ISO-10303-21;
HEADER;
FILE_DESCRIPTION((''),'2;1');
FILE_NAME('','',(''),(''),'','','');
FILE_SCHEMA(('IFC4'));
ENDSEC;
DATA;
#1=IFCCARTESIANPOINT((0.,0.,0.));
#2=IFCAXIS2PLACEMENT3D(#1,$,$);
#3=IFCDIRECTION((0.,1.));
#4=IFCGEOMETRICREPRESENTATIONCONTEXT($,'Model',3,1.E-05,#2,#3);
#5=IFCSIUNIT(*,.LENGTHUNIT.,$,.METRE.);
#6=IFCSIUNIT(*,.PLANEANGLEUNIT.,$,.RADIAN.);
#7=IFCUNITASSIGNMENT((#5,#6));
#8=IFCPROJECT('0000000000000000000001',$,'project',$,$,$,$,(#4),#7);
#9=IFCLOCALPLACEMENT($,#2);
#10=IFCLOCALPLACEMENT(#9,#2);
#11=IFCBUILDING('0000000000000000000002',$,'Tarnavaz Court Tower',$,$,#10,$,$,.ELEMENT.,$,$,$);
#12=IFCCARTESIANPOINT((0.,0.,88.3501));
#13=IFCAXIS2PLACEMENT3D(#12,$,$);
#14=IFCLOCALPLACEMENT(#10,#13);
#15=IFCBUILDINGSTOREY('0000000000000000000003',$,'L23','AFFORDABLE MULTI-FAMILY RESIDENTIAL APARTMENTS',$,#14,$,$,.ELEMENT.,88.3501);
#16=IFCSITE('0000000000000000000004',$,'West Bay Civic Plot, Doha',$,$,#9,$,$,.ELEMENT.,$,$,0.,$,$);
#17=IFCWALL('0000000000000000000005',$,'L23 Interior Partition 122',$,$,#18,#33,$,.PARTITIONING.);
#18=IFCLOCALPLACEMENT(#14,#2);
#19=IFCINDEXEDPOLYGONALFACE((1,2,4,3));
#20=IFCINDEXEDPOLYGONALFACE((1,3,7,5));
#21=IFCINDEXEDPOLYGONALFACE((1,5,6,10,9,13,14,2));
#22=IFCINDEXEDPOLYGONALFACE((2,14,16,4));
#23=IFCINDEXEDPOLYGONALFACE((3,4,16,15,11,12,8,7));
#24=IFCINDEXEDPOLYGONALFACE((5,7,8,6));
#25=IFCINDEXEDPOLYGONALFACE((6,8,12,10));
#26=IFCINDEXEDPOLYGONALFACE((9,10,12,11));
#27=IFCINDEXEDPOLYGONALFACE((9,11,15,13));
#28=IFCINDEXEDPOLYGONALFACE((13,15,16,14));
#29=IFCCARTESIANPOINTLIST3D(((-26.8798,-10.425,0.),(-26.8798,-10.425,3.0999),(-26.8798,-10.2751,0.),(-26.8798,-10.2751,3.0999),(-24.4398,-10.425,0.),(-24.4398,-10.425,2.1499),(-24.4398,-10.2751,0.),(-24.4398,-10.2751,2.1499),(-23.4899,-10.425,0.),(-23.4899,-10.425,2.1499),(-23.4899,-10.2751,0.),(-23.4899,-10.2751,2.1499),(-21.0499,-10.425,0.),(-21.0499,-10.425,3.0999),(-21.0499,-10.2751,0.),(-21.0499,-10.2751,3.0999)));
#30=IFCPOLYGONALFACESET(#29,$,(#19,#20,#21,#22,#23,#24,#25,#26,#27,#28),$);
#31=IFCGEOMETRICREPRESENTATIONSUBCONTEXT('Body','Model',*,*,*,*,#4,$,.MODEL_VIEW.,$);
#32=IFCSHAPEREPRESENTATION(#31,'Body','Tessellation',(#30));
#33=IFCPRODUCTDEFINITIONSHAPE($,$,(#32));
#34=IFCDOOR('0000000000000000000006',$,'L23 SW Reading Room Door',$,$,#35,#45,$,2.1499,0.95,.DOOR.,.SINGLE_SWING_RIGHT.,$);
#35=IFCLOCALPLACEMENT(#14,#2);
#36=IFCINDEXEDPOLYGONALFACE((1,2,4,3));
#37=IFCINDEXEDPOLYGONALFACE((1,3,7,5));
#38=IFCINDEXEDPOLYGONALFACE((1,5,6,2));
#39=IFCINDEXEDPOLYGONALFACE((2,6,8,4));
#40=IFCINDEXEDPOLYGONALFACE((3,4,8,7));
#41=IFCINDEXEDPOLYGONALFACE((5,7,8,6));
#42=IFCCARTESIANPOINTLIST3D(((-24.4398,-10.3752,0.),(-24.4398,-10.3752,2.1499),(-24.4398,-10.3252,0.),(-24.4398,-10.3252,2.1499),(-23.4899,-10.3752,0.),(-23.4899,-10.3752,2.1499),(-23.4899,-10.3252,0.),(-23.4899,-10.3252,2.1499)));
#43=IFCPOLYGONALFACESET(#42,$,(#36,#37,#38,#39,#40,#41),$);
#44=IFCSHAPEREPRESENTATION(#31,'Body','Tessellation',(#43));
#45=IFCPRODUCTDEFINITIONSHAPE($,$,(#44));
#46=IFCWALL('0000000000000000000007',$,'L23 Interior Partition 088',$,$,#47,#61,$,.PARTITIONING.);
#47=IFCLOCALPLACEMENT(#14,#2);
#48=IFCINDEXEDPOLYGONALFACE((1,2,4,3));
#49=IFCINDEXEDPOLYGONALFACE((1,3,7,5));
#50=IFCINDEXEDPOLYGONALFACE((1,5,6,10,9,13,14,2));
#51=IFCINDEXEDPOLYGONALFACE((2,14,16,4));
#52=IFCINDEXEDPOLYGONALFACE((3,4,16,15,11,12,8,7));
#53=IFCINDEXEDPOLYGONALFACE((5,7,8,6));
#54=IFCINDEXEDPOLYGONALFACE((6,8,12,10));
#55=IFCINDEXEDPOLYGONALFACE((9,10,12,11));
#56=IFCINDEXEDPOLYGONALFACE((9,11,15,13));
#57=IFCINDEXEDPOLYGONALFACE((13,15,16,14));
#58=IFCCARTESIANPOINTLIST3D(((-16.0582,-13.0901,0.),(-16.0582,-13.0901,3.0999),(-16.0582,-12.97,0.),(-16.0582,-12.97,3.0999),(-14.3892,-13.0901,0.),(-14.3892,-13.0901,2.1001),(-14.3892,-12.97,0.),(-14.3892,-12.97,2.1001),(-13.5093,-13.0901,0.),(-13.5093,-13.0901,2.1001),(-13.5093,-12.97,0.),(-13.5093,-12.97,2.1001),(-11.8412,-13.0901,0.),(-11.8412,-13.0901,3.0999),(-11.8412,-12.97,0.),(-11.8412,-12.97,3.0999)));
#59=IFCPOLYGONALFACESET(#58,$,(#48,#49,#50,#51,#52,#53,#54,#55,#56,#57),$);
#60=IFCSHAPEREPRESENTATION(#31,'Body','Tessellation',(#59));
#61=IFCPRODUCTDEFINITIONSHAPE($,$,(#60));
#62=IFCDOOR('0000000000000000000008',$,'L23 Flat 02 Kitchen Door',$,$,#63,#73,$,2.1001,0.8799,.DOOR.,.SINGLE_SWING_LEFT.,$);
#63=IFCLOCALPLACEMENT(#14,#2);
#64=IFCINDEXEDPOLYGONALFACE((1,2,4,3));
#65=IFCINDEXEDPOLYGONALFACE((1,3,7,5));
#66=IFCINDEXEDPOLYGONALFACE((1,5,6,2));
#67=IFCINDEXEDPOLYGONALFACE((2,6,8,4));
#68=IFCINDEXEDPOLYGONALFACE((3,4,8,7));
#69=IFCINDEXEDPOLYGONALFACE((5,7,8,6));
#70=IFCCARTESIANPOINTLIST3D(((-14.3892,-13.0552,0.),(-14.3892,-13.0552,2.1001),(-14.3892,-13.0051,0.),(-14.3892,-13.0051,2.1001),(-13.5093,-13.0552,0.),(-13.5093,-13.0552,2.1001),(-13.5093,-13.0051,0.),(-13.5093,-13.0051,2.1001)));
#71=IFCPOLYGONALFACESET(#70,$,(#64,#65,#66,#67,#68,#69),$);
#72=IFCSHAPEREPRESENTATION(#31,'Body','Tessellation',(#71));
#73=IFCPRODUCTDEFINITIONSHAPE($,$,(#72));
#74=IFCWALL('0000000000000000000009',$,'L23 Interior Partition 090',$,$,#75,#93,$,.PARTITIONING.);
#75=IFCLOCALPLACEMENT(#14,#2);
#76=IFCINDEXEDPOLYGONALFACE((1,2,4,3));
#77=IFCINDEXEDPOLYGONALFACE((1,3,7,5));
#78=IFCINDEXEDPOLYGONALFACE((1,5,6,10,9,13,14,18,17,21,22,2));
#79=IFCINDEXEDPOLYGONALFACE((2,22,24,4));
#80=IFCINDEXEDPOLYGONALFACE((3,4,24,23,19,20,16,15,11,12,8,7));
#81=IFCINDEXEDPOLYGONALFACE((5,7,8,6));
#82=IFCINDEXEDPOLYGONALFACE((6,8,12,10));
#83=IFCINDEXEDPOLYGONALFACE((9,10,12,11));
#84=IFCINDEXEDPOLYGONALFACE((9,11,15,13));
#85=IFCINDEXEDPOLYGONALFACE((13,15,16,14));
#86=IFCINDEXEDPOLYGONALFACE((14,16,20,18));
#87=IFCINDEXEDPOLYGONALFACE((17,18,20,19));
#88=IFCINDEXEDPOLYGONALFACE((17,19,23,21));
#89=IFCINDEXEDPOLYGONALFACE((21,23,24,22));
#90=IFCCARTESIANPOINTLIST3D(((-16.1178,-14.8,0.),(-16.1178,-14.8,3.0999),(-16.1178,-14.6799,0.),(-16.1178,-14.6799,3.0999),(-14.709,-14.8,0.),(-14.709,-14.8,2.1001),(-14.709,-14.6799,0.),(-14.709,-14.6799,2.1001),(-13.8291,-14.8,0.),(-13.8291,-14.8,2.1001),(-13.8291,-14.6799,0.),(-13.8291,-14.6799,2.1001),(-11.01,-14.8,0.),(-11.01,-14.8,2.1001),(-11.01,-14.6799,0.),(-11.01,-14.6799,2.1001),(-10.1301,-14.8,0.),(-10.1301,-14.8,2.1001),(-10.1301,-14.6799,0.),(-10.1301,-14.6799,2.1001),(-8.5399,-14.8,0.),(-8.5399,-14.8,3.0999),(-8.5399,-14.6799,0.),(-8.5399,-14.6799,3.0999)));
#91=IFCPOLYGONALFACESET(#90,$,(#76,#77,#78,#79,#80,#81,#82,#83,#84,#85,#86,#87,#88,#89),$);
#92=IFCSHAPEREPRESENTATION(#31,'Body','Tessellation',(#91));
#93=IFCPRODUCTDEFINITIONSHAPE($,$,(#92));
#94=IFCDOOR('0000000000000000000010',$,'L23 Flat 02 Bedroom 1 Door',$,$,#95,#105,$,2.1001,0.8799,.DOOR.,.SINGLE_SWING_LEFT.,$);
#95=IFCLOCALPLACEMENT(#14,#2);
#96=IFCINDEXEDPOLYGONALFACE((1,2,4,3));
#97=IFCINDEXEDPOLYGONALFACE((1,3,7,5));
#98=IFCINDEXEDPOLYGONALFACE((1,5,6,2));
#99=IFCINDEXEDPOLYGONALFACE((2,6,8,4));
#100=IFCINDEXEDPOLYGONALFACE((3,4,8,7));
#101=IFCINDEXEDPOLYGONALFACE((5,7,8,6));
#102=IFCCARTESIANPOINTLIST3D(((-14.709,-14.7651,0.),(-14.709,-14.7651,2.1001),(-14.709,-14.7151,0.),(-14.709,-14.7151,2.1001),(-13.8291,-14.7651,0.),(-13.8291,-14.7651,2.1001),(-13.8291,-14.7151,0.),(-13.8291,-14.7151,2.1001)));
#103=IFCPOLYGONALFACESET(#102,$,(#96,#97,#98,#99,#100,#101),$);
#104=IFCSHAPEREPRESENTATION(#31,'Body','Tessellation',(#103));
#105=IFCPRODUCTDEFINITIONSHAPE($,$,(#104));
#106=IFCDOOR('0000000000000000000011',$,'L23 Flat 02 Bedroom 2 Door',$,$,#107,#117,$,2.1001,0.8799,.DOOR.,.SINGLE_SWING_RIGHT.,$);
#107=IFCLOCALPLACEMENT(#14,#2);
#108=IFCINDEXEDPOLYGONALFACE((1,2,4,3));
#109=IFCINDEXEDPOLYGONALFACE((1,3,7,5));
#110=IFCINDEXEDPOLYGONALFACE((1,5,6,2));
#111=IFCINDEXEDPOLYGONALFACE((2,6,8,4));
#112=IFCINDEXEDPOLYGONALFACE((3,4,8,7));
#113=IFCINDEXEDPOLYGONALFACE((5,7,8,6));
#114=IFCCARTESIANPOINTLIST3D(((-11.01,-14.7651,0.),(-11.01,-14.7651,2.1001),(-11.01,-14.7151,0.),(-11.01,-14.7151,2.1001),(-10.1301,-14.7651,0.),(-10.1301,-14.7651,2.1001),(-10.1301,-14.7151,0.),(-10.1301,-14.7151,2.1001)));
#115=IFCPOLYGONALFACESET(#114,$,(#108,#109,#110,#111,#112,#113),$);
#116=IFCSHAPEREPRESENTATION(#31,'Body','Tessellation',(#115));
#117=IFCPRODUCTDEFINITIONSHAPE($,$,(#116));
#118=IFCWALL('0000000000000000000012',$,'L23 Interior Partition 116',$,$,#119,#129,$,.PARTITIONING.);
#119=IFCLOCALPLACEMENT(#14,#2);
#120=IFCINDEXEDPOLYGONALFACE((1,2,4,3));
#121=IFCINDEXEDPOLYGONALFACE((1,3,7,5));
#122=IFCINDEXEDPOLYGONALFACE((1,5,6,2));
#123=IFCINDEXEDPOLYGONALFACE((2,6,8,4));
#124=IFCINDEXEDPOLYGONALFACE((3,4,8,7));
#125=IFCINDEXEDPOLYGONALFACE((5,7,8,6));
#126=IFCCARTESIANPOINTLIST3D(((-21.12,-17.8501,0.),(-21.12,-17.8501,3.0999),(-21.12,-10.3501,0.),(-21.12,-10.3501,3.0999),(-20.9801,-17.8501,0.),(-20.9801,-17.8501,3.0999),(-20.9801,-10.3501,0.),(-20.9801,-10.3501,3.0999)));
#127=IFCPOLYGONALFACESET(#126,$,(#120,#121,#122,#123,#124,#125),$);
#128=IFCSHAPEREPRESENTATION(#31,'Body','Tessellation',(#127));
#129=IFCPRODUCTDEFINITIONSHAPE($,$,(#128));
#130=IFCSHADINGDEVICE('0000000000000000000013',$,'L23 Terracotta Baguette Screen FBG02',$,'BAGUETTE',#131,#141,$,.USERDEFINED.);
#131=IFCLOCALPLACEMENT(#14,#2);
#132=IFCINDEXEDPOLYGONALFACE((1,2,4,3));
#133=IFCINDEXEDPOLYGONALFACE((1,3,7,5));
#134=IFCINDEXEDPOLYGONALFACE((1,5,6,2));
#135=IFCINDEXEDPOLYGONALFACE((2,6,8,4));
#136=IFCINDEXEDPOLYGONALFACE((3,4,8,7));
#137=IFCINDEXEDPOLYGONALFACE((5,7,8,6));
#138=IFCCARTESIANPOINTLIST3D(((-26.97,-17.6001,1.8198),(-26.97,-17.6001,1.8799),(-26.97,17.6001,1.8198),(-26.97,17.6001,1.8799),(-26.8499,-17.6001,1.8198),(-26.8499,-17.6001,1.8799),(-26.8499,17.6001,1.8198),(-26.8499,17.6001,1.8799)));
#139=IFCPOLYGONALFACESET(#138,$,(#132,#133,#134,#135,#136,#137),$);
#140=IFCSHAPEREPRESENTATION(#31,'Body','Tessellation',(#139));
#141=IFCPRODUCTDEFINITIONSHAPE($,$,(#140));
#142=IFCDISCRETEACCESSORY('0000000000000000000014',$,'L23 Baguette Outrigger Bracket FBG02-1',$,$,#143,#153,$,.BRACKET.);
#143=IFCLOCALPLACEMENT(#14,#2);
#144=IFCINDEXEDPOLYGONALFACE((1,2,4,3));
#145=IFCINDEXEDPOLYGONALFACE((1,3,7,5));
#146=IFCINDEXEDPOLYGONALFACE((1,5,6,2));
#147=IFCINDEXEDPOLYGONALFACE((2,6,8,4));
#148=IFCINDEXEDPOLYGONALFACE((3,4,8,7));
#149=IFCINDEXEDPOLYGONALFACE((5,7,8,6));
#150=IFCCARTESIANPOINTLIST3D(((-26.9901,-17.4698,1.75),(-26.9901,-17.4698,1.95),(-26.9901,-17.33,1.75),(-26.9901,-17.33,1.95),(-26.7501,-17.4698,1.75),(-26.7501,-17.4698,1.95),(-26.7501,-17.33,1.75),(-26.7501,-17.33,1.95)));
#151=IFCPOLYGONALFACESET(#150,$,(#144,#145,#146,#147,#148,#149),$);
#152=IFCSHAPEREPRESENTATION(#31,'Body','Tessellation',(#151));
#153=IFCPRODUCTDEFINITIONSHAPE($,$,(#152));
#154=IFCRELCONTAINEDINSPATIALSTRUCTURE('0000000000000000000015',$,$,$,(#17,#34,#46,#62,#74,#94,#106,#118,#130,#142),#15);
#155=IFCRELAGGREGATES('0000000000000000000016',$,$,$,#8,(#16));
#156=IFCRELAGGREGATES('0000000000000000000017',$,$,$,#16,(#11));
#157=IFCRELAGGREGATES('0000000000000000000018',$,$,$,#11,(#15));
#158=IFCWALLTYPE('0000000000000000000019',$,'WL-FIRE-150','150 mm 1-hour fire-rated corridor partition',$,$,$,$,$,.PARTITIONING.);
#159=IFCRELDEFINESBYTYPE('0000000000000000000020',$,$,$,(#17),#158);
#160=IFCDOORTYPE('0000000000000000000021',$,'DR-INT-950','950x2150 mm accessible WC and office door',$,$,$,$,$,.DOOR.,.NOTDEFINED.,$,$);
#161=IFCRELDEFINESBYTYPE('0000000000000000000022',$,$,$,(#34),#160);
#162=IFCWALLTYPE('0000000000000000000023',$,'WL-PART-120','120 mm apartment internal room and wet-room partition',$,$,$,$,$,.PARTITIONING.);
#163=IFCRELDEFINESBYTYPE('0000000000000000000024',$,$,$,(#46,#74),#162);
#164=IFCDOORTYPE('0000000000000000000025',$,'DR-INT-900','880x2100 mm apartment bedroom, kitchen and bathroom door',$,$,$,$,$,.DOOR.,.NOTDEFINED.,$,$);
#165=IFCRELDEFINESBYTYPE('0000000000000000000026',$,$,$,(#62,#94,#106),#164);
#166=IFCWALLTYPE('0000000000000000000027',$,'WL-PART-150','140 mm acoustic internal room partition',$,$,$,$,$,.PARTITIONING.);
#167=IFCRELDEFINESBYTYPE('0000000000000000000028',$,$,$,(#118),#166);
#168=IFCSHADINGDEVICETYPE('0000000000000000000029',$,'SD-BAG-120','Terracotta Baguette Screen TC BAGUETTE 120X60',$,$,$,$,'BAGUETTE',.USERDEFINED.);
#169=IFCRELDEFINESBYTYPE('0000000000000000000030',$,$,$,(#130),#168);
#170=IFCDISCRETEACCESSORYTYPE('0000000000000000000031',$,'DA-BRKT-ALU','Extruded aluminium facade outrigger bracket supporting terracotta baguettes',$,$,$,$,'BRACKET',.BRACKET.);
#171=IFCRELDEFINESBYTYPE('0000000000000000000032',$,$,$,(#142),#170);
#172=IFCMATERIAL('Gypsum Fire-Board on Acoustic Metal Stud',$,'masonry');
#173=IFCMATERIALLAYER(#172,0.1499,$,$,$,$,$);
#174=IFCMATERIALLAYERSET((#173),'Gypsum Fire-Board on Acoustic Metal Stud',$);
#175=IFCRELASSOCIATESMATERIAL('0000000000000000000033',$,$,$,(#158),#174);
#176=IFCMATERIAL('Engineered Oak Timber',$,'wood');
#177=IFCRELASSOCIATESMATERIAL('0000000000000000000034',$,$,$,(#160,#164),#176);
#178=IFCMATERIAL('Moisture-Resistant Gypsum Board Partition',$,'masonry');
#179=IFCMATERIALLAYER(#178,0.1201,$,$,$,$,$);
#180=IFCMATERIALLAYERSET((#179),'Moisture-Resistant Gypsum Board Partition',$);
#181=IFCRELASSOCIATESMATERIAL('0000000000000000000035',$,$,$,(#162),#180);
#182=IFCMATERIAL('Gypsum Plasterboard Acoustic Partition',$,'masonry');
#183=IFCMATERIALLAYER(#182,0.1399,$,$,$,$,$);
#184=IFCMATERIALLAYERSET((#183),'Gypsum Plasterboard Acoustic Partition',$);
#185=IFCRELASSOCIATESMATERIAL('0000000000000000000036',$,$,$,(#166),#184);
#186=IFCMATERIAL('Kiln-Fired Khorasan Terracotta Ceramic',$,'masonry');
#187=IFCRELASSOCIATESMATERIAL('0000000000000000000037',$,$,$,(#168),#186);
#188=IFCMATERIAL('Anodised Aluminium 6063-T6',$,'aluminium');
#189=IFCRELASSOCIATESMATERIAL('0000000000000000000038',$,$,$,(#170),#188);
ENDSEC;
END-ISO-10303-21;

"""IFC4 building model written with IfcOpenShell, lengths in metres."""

from ifc_helpers import new_model, si_unit, direction, frame, frame_2d, origin, origin_2d, place, context, subcontext, project, spatial, rectangle, extrude, material, layer, layer_set, material_profile, profile_set, type_object, element, fill, save


model = new_model("IFC4")

# Units and contexts
model_context = context("Model", 3, precision=1e-05, world=origin(), true_north=direction((0.0, 1.0)))
body_context = subcontext(model_context, "Body", "Model", "MODEL_VIEW")
ifc_project = project(units=[si_unit("LENGTHUNIT", "METRE"), si_unit("PLANEANGLEUNIT", "RADIAN")], contexts=[model_context])

# Site, building, storey
site_placement = place(None, origin())
site = spatial("IfcSite", under=ifc_project, at=site_placement, Name="West Bay Civic Plot, Doha", CompositionType="ELEMENT", RefElevation=0.0)
building_placement = place(site_placement, origin())
building = spatial("IfcBuilding", under=site, at=building_placement, Name="Tarnavaz Court Tower", CompositionType="ELEMENT")
storey_placement = place(building_placement, frame((0.0, 0.0, 88.3501)))
storey = spatial("IfcBuildingStorey", under=building, at=storey_placement, Name="L23", Description="AFFORDABLE MULTI-FAMILY RESIDENTIAL APARTMENTS", CompositionType="ELEMENT", Elevation=88.3501)

# Walls, openings, doors
ifc_material_1 = material(Name="Gypsum Fire-Board on Acoustic Metal Stud", Category="masonry")
ifc_layer_1 = layer(ifc_material_1, 0.1499)
ifc_layer_set_1 = layer_set([ifc_layer_1], Name="Gypsum Fire-Board on Acoustic Metal Stud")
wall_type_1 = type_object("IfcWallType", Name="WL-FIRE-150", Description="150 mm 1-hour fire-rated corridor partition", PredefinedType="PARTITIONING", material=ifc_layer_set_1)
wall_1_placement = place(storey_placement, frame((-26.8799, -10.3501, 0.0), z_axis=(0.0, 0.0, 1.0), x_axis=(1.0, 0.0, 0.0)))
wall_1 = element("IfcWall", 1, at=wall_1_placement, inside=storey, type_object=wall_type_1, Name="L23 Interior Partition 122", PredefinedType="PARTITIONING", context=body_context, shape_type="SweptSolid", body=[
    extrude(rectangle(XDim=5.8298, YDim=0.1499, at=frame_2d((2.915, 0.0))), origin(), (0.0, 0.0, 1.0), 3.0999),
])
opening_1_placement = place(wall_1_placement, frame((2.4399, 0.0, 0.0)))
opening_1 = element("IfcOpeningElement", 2, at=opening_1_placement, cuts=wall_1, PredefinedType="OPENING", context=body_context, shape_type="SweptSolid", body=[
    extrude(rectangle(XDim=0.95, YDim=2.1499, at=frame_2d((0.4751, 1.075))), frame((0.0, 0.085, 0.0), z_axis=(0.0, -1.0, 0.0), x_axis=(1.0, 0.0, 0.0)), (0.0, 0.0, 1.0), 0.1699),
])
ifc_material_2 = material(Name="Engineered Oak Timber", Category="wood")
door_type_1 = type_object("IfcDoorType", Name="DR-INT-950", Description="950x2150 mm accessible WC and office door", OperationType="NOTDEFINED", PredefinedType="DOOR", material=ifc_material_2)
door_1_placement = place(opening_1_placement, origin())
door_1 = element("IfcDoor", 3, at=door_1_placement, inside=storey, type_object=door_type_1, Name="L23 SW Reading Room Door", OperationType="SINGLE_SWING_RIGHT", OverallHeight=2.1499, OverallWidth=0.95, PredefinedType="DOOR", context=body_context, shape_type="SweptSolid", body=[
    extrude(rectangle(XDim=0.95, YDim=2.1499, at=frame_2d((0.4751, 1.075))), frame((0.0, 0.0249, 0.0), z_axis=(0.0, -1.0, 0.0), x_axis=(1.0, 0.0, 0.0)), (0.0, 0.0, 1.0), 0.05),
])
fill(opening_1, door_1)
ifc_material_3 = material(Name="Moisture-Resistant Gypsum Board Partition", Category="masonry")
ifc_layer_2 = layer(ifc_material_3, 0.1201)
ifc_layer_set_2 = layer_set([ifc_layer_2], Name="Moisture-Resistant Gypsum Board Partition")
wall_type_2 = type_object("IfcWallType", Name="WL-PART-120", Description="120 mm apartment internal room and wet-room partition", PredefinedType="PARTITIONING", material=ifc_layer_set_2)
wall_2_placement = place(storey_placement, frame((-16.0581, -13.03, 0.0), z_axis=(0.0, 0.0, 1.0), x_axis=(1.0, 0.0, 0.0)))
wall_2 = element("IfcWall", 4, at=wall_2_placement, inside=storey, type_object=wall_type_2, Name="L23 Interior Partition 088", PredefinedType="PARTITIONING", context=body_context, shape_type="SweptSolid", body=[
    extrude(rectangle(XDim=4.217, YDim=0.1201, at=frame_2d((2.1084, 0.0))), origin(), (0.0, 0.0, 1.0), 3.0999),
])
opening_2_placement = place(wall_2_placement, frame((1.6689, 0.0, 0.0)))
opening_2 = element("IfcOpeningElement", 5, at=opening_2_placement, cuts=wall_2, PredefinedType="OPENING", context=body_context, shape_type="SweptSolid", body=[
    extrude(rectangle(XDim=0.8799, YDim=2.1001, at=frame_2d((0.4399, 1.05))), frame((0.0, 0.0701, 0.0), z_axis=(0.0, -1.0, 0.0), x_axis=(1.0, 0.0, 0.0)), (0.0, 0.0, 1.0), 0.1401),
])
door_type_2 = type_object("IfcDoorType", Name="DR-INT-900", Description="880x2100 mm apartment bedroom, kitchen and bathroom door", OperationType="NOTDEFINED", PredefinedType="DOOR", material=ifc_material_2)
door_2_placement = place(opening_2_placement, origin())
door_2 = element("IfcDoor", 6, at=door_2_placement, inside=storey, type_object=door_type_2, Name="L23 Flat 02 Kitchen Door", OperationType="SINGLE_SWING_LEFT", OverallHeight=2.1001, OverallWidth=0.8799, PredefinedType="DOOR", context=body_context, shape_type="SweptSolid", body=[
    extrude(rectangle(XDim=0.8799, YDim=2.1001, at=frame_2d((0.4399, 1.05))), frame((0.0, 0.0249, 0.0), z_axis=(0.0, -1.0, 0.0), x_axis=(1.0, 0.0, 0.0)), (0.0, 0.0, 1.0), 0.05),
])
fill(opening_2, door_2)

# Wall, openings, doors
wall_3_placement = place(storey_placement, frame((-16.1179, -14.74, 0.0), z_axis=(0.0, 0.0, 1.0), x_axis=(1.0, 0.0, 0.0)))
wall_3 = element("IfcWall", 7, at=wall_3_placement, inside=storey, type_object=wall_type_2, Name="L23 Interior Partition 090", PredefinedType="PARTITIONING", context=body_context, shape_type="SweptSolid", body=[
    extrude(rectangle(XDim=7.5779, YDim=0.1201, at=frame_2d((3.7891, 0.0))), origin(), (0.0, 0.0, 1.0), 3.0999),
])
opening_3_placement = place(wall_3_placement, frame((1.4089, 0.0, 0.0)))
opening_3 = element("IfcOpeningElement", 8, at=opening_3_placement, cuts=wall_3, PredefinedType="OPENING", context=body_context, shape_type="SweptSolid", body=[
    extrude(rectangle(XDim=0.8799, YDim=2.1001, at=frame_2d((0.4399, 1.05))), frame((0.0, 0.0701, 0.0), z_axis=(0.0, -1.0, 0.0), x_axis=(1.0, 0.0, 0.0)), (0.0, 0.0, 1.0), 0.1401),
])
opening_4_placement = place(wall_3_placement, frame((5.1079, 0.0, 0.0)))
opening_4 = element("IfcOpeningElement", 9, at=opening_4_placement, cuts=wall_3, PredefinedType="OPENING", context=body_context, shape_type="SweptSolid", body=[
    extrude(rectangle(XDim=0.8799, YDim=2.1001, at=frame_2d((0.4399, 1.05))), frame((0.0, 0.0701, 0.0), z_axis=(0.0, -1.0, 0.0), x_axis=(1.0, 0.0, 0.0)), (0.0, 0.0, 1.0), 0.1401),
])
door_3_placement = place(opening_3_placement, origin())
door_3 = element("IfcDoor", 10, at=door_3_placement, inside=storey, type_object=door_type_2, Name="L23 Flat 02 Bedroom 1 Door", OperationType="SINGLE_SWING_LEFT", OverallHeight=2.1001, OverallWidth=0.8799, PredefinedType="DOOR", context=body_context, shape_type="SweptSolid", body=[
    extrude(rectangle(XDim=0.8799, YDim=2.1001, at=frame_2d((0.4399, 1.05))), frame((0.0, 0.0249, 0.0), z_axis=(0.0, -1.0, 0.0), x_axis=(1.0, 0.0, 0.0)), (0.0, 0.0, 1.0), 0.05),
])
fill(opening_3, door_3)
door_4_placement = place(opening_4_placement, origin())
door_4 = element("IfcDoor", 11, at=door_4_placement, inside=storey, type_object=door_type_2, Name="L23 Flat 02 Bedroom 2 Door", OperationType="SINGLE_SWING_RIGHT", OverallHeight=2.1001, OverallWidth=0.8799, PredefinedType="DOOR", context=body_context, shape_type="SweptSolid", body=[
    extrude(rectangle(XDim=0.8799, YDim=2.1001, at=frame_2d((0.4399, 1.05))), frame((0.0, 0.0249, 0.0), z_axis=(0.0, -1.0, 0.0), x_axis=(1.0, 0.0, 0.0)), (0.0, 0.0, 1.0), 0.05),
])
fill(opening_4, door_4)

# Wall
ifc_material_4 = material(Name="Gypsum Plasterboard Acoustic Partition", Category="masonry")
ifc_layer_3 = layer(ifc_material_4, 0.1399)
ifc_layer_set_3 = layer_set([ifc_layer_3], Name="Gypsum Plasterboard Acoustic Partition")
wall_type_3 = type_object("IfcWallType", Name="WL-PART-150", Description="140 mm acoustic internal room partition", PredefinedType="PARTITIONING", material=ifc_layer_set_3)
wall_4_placement = place(storey_placement, frame((-21.05, -17.8501, 0.0), z_axis=(0.0, 0.0, 1.0), x_axis=(0.0, 1.0, 0.0)))
element("IfcWall", 12, at=wall_4_placement, inside=storey, type_object=wall_type_3, Name="L23 Interior Partition 116", PredefinedType="PARTITIONING", context=body_context, shape_type="SweptSolid", body=[
    extrude(rectangle(XDim=7.5, YDim=0.1399, at=frame_2d((3.75, 0.0))), origin(), (0.0, 0.0, 1.0), 3.0999),
])

# Shading device
ifc_material_5 = material(Name="Kiln-Fired Khorasan Terracotta Ceramic", Category="masonry")
ifc_material_profile_1 = material_profile(ifc_material_5, rectangle(XDim=0.1201, YDim=0.0601, at=origin_2d()), Name="TC BAGUETTE 120X60")
ifc_profile_set_1 = profile_set([ifc_material_profile_1], Name="Kiln-Fired Khorasan Terracotta Ceramic")
shading_device_type = type_object("IfcShadingDeviceType", Name="SD-BAG-120", Description="Terracotta Baguette Screen TC BAGUETTE 120X60", ElementType="BAGUETTE", PredefinedType="USERDEFINED", material=ifc_profile_set_1)
shading_device_placement = place(storey_placement, frame((-26.9099, -17.6001, 1.8499), z_axis=(0.0, 1.0, 0.0), x_axis=(-1.0, 0.0, 0.0)))
element("IfcShadingDevice", 13, at=shading_device_placement, inside=storey, type_object=shading_device_type, Name="L23 Terracotta Baguette Screen FBG02", ObjectType="BAGUETTE", PredefinedType="USERDEFINED", context=body_context, shape_type="SweptSolid", body=[
    extrude(rectangle(XDim=0.1201, YDim=0.0601, at=origin_2d()), origin(), (0.0, 0.0, 1.0), 35.2002),
])

# Discrete accessory
ifc_material_6 = material(Name="Anodised Aluminium 6063-T6", Category="aluminium")
discrete_accessory_type = type_object("IfcDiscreteAccessoryType", Name="DA-BRKT-ALU", Description="Extruded aluminium facade outrigger bracket supporting terracotta baguettes", ElementType="BRACKET", PredefinedType="BRACKET", material=ifc_material_6)
discrete_accessory_placement = place(storey_placement, frame((-26.8701, -17.3999, 1.75), z_axis=(0.0, 0.0, 1.0), x_axis=(0.0, 1.0, 0.0)))
element("IfcDiscreteAccessory", 14, at=discrete_accessory_placement, inside=storey, type_object=discrete_accessory_type, Name="L23 Baguette Outrigger Bracket FBG02-1", PredefinedType="BRACKET", context=body_context, shape_type="SweptSolid", body=[
    extrude(rectangle(XDim=0.1399, YDim=0.24, at=origin_2d()), origin(), (0.0, 0.0, 1.0), 0.2),
])

save(model, "model.ifc")
